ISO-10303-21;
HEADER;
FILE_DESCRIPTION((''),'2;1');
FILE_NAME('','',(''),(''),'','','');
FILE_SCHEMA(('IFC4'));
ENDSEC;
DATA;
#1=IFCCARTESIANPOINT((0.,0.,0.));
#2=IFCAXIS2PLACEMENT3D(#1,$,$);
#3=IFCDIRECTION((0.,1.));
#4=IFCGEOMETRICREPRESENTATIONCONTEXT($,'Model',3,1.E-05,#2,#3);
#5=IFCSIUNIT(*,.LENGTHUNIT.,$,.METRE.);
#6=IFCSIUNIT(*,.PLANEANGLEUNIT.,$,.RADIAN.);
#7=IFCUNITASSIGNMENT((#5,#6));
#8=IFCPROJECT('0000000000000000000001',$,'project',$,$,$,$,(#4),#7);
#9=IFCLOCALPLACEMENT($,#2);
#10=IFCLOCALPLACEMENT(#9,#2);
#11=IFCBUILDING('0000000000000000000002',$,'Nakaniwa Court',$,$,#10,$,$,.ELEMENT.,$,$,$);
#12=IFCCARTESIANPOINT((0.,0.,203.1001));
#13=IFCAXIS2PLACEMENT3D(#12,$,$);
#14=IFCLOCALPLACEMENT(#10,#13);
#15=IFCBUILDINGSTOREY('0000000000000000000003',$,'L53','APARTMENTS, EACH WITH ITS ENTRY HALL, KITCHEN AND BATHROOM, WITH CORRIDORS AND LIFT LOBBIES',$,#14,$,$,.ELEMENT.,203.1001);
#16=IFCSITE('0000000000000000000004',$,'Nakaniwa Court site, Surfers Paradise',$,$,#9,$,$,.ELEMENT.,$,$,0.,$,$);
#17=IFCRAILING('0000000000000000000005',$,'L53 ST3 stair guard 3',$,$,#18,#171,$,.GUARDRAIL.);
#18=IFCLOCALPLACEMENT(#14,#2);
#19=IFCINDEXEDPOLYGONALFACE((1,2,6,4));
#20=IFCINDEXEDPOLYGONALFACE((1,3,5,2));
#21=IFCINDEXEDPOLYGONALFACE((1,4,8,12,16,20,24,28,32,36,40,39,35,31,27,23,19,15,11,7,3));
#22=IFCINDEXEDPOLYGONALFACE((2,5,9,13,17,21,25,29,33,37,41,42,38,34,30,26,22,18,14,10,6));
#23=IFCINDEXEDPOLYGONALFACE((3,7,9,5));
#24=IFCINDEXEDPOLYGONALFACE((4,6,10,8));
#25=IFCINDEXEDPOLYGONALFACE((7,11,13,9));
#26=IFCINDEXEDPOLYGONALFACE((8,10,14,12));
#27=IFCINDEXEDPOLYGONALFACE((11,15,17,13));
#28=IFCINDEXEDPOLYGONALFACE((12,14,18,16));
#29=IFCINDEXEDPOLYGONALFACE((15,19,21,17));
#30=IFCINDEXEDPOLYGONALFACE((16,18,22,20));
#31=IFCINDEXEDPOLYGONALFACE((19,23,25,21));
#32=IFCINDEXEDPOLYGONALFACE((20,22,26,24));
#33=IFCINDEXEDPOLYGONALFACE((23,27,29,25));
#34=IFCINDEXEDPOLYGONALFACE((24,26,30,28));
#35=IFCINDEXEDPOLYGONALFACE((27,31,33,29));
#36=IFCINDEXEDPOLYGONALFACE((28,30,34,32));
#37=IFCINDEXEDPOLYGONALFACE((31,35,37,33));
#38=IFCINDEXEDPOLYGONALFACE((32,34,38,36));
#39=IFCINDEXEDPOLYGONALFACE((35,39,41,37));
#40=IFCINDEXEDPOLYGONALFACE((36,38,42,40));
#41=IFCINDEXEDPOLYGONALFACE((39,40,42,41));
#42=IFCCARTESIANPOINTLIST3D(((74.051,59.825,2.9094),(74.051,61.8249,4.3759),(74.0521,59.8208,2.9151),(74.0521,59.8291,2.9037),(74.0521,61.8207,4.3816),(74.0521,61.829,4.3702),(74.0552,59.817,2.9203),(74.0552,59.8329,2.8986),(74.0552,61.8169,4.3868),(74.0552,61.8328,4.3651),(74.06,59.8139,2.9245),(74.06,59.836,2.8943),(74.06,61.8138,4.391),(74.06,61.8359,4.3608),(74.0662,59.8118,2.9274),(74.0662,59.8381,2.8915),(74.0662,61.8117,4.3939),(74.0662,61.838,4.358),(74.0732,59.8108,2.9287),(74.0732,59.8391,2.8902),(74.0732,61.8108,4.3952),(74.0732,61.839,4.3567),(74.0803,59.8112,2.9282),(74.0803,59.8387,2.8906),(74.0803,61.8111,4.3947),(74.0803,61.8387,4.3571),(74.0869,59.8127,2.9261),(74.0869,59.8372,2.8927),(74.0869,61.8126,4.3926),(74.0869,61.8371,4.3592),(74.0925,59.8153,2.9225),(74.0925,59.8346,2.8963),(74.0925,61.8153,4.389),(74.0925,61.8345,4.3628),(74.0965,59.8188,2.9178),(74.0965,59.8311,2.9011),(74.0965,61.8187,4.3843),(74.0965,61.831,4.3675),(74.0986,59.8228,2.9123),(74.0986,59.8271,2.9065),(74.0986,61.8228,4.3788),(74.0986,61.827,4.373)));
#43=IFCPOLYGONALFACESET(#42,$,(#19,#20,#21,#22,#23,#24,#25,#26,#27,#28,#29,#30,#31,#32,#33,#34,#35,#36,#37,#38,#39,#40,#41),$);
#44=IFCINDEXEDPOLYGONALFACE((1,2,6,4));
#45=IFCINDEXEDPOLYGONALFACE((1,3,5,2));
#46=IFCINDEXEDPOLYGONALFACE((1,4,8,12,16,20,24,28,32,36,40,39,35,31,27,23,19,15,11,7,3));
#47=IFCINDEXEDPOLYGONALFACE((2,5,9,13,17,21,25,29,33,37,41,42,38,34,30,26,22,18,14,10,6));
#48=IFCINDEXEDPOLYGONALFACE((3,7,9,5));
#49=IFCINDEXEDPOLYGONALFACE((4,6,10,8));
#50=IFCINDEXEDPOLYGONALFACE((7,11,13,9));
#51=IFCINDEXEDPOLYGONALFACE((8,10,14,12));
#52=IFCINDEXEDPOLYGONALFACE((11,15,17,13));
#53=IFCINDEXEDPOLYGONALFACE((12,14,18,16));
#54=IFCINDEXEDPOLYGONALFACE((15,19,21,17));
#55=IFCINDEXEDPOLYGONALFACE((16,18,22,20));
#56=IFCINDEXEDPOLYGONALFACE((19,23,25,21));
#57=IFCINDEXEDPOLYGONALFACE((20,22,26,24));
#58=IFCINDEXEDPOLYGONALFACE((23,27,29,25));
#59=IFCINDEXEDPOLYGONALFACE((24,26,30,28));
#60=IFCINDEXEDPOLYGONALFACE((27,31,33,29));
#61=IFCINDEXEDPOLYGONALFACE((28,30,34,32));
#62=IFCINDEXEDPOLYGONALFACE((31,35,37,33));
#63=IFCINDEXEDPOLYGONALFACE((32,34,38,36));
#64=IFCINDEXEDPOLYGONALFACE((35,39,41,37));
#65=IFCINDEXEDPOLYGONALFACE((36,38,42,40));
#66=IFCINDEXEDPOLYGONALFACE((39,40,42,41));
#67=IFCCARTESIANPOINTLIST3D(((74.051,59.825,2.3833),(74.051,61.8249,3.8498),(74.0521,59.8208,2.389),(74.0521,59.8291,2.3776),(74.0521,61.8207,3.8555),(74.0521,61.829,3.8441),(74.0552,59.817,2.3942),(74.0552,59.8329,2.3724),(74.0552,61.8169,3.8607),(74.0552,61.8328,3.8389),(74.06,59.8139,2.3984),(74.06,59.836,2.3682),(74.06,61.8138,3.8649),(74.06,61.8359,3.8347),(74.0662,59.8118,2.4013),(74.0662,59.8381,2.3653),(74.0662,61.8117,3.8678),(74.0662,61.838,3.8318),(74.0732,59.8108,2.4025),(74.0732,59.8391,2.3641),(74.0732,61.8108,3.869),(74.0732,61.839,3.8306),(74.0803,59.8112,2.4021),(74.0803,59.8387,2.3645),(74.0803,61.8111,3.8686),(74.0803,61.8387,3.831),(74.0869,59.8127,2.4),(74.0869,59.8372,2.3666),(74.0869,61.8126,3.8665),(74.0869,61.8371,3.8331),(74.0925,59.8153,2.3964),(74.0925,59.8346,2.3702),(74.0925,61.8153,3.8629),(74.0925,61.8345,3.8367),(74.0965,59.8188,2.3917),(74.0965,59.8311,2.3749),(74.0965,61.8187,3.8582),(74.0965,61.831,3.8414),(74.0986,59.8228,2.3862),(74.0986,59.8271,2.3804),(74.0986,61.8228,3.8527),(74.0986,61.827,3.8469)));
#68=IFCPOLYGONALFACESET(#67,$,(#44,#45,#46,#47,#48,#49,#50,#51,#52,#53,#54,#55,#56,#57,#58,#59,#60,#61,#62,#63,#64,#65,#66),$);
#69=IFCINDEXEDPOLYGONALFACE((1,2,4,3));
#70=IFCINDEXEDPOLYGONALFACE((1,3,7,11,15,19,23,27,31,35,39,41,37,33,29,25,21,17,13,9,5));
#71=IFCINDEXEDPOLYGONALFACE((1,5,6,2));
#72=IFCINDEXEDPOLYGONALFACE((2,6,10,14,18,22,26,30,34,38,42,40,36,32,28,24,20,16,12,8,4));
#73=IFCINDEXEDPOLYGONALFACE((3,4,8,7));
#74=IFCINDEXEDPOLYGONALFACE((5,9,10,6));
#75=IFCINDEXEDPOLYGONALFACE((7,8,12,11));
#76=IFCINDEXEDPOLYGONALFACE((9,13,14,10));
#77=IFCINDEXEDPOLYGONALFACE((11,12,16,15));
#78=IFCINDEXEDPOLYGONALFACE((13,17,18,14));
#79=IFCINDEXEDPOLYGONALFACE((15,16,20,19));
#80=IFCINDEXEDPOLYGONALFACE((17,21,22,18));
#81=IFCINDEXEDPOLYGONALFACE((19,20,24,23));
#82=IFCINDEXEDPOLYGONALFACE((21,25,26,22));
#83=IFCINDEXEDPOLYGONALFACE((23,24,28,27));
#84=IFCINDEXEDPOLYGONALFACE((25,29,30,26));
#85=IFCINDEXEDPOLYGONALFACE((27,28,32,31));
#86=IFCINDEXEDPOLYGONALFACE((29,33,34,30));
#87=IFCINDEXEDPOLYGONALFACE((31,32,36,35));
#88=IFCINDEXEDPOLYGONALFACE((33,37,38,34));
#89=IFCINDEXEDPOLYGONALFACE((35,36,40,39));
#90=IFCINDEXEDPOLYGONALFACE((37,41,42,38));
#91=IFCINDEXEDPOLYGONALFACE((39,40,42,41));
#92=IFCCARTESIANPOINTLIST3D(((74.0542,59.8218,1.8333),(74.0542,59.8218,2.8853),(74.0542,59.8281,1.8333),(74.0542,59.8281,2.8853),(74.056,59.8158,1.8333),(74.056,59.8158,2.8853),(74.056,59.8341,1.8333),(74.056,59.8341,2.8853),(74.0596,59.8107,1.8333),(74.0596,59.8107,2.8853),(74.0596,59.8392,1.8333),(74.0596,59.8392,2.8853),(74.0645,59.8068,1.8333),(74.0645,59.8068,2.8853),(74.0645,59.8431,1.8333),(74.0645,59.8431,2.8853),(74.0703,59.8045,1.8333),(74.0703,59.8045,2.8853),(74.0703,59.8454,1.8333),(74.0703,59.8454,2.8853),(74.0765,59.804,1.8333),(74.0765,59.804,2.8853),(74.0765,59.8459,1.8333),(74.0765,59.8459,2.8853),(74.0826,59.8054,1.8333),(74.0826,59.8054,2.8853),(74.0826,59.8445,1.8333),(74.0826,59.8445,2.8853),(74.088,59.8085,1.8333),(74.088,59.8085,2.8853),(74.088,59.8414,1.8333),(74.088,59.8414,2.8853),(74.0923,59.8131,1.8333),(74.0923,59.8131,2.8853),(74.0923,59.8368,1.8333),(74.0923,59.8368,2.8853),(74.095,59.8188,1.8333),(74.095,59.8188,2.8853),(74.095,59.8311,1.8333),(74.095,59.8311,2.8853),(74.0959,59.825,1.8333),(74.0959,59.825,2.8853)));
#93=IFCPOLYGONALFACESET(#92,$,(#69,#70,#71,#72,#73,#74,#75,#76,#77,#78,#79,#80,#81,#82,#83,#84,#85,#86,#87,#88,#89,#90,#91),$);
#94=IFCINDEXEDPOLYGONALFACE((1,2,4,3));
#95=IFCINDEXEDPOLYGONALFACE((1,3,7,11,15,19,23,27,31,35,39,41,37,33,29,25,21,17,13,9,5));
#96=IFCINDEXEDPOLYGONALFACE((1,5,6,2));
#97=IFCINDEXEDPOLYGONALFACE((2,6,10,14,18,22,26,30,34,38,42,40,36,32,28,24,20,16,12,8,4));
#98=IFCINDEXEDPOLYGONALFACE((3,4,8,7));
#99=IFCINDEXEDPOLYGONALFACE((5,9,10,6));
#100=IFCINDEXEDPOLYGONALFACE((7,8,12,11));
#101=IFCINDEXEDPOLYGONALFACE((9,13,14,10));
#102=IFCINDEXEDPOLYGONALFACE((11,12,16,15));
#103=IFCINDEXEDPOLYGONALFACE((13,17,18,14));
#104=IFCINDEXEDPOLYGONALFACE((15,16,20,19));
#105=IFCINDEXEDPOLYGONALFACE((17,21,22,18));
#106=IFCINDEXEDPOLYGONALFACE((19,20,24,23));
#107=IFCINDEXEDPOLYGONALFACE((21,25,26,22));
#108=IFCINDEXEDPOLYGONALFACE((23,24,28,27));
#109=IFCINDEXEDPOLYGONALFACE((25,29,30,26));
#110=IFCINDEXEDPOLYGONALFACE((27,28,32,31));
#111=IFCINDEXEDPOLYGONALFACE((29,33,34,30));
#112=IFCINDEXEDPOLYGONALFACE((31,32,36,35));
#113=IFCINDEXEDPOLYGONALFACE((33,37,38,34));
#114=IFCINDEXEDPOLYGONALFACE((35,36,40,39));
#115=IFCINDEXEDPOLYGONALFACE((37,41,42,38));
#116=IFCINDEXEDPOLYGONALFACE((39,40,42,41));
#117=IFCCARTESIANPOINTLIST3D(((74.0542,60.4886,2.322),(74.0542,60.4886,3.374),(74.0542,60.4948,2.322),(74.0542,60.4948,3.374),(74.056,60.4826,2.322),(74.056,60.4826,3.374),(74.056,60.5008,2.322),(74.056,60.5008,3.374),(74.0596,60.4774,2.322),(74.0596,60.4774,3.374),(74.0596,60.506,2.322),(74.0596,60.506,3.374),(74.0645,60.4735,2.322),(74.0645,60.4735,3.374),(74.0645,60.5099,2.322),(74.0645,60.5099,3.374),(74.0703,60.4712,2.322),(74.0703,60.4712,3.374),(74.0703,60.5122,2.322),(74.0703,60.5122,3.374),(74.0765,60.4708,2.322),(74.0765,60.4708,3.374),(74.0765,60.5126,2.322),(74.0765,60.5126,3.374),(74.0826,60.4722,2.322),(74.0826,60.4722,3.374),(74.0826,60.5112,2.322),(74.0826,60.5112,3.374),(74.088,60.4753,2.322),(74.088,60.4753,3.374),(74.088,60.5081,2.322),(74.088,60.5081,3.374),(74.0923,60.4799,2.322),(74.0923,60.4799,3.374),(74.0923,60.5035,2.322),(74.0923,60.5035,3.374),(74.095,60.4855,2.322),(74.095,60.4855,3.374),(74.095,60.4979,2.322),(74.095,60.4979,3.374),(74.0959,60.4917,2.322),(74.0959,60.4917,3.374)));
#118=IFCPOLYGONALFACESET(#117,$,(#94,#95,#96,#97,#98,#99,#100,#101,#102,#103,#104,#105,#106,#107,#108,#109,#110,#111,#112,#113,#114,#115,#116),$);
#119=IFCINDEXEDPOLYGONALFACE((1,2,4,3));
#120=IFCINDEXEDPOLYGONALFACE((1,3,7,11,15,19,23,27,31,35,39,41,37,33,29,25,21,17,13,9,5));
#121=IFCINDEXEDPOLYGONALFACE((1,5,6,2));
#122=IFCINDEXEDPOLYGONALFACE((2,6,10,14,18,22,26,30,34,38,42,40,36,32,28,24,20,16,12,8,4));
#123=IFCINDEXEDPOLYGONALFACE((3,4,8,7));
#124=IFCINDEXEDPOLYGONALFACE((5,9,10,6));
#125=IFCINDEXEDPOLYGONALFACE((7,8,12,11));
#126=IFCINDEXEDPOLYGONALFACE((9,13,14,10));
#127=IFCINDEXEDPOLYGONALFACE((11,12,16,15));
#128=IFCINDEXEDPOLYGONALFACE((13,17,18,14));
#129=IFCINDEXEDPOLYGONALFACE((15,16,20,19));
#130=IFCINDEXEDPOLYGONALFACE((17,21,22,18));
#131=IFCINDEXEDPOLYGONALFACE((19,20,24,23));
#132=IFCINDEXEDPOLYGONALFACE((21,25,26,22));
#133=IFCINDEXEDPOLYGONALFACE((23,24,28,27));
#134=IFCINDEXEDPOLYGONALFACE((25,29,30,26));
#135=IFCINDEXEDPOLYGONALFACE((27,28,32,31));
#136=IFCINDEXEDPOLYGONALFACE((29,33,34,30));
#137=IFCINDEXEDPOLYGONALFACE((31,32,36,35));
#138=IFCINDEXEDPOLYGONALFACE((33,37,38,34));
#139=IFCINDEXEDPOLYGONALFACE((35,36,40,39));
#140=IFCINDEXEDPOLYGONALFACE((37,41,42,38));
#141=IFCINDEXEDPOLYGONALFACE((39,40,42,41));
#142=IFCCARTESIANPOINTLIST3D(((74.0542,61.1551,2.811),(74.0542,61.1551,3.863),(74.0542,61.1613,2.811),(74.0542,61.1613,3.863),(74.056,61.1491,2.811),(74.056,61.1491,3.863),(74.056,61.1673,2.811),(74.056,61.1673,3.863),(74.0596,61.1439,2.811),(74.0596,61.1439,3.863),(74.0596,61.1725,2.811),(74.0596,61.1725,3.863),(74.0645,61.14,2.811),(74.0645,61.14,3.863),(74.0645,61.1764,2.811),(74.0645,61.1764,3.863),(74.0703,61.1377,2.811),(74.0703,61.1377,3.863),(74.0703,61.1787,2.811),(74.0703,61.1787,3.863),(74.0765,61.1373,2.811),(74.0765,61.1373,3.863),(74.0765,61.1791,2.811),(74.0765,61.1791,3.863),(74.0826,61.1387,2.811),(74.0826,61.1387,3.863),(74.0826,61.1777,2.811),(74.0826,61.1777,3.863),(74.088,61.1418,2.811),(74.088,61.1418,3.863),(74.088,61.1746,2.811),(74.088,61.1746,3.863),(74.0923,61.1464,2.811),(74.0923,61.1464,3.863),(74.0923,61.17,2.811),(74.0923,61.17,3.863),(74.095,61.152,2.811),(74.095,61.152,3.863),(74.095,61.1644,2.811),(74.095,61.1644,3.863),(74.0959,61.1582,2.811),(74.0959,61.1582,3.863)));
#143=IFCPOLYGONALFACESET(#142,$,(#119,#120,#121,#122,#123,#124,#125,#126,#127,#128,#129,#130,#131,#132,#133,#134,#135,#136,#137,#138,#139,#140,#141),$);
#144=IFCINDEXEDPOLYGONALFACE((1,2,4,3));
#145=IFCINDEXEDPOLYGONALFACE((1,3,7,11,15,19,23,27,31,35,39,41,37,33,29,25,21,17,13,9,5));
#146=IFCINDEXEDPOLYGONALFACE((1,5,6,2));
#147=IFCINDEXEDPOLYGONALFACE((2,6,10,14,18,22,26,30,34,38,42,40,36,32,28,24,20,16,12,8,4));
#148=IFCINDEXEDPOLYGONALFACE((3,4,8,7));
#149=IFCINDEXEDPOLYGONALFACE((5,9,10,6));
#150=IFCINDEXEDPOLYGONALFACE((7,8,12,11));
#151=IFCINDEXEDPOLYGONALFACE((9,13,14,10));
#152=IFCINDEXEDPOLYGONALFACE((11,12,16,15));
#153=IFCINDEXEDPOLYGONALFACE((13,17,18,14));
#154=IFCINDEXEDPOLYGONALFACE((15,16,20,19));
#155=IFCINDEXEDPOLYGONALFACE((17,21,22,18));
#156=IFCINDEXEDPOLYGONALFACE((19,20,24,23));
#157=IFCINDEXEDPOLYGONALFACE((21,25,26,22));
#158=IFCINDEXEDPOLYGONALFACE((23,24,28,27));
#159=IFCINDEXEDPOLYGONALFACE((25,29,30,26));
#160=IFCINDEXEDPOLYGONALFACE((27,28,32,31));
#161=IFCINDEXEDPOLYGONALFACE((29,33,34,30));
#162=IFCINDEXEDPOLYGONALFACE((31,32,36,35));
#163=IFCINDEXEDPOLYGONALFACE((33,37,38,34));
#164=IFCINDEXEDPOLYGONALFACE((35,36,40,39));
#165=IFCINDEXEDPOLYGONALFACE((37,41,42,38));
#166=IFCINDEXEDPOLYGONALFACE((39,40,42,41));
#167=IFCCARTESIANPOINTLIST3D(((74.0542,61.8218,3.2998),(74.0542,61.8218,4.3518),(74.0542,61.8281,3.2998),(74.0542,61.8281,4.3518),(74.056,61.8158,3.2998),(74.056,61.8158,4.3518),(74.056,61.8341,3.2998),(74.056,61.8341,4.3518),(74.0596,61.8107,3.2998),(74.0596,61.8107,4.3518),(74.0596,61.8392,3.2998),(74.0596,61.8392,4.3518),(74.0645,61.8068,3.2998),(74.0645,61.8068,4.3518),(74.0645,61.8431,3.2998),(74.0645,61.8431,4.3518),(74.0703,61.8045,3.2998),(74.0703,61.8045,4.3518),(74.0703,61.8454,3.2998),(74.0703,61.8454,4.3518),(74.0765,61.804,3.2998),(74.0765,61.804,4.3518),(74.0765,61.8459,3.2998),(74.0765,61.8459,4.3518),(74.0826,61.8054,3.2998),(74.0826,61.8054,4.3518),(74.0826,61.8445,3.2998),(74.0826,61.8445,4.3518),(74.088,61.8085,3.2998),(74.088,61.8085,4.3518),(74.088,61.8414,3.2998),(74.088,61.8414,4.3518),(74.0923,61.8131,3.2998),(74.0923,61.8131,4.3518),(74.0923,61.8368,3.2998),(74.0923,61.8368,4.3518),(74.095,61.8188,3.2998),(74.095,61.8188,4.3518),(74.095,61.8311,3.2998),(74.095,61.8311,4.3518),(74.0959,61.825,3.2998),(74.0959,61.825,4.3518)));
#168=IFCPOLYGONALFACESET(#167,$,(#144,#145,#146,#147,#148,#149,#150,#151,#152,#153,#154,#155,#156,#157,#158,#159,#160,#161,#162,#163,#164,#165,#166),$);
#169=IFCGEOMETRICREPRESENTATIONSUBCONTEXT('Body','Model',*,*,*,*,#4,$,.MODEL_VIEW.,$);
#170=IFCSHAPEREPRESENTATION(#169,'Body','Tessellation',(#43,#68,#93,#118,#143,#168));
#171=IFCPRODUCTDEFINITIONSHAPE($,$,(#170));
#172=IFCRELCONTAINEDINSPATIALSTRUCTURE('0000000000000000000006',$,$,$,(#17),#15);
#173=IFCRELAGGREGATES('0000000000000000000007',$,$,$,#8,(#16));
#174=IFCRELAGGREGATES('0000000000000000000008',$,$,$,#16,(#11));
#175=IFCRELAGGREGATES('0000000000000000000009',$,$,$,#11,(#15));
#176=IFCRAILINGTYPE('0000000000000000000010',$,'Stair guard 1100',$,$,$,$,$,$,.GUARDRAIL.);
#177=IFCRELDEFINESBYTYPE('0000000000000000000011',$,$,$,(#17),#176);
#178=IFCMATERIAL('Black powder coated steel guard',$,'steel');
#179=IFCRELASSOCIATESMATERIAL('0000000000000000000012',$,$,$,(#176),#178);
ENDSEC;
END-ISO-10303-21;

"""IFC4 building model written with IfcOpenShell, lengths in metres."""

from ifc_helpers import new_model, si_unit, direction, frame, origin, origin_2d, place, context, subcontext, project, spatial, circle, extrude, material, type_object, element, save


model = new_model("IFC4")

# Units and contexts
model_context = context("Model", 3, precision=1e-05, world=origin(), true_north=direction((0.0, 1.0)))
body_context = subcontext(model_context, "Body", "Model", "MODEL_VIEW")
ifc_project = project(units=[si_unit("LENGTHUNIT", "METRE"), si_unit("PLANEANGLEUNIT", "RADIAN")], contexts=[model_context])

# Site, building, storey
site_placement = place(None, origin())
site = spatial("IfcSite", under=ifc_project, at=site_placement, Name="Nakaniwa Court site, Surfers Paradise", CompositionType="ELEMENT", RefElevation=0.0)
building_placement = place(site_placement, origin())
building = spatial("IfcBuilding", under=site, at=building_placement, Name="Nakaniwa Court", CompositionType="ELEMENT")
storey_placement = place(building_placement, frame((0.0, 0.0, 203.1001)))
storey = spatial("IfcBuildingStorey", under=building, at=storey_placement, Name="L53", Description="APARTMENTS, EACH WITH ITS ENTRY HALL, KITCHEN AND BATHROOM, WITH CORRIDORS AND LIFT LOBBIES", CompositionType="ELEMENT", Elevation=203.1001)

# Railing
ifc_material_1 = material(Name="Black powder coated steel guard", Category="steel")
railing_type_1 = type_object("IfcRailingType", Name="Stair guard 1100", PredefinedType="GUARDRAIL", material=ifc_material_1)
railing_1_placement = place(storey_placement, frame((74.075, 59.825, 1.8333)))
element("IfcRailing", 1, at=railing_1_placement, inside=storey, type_object=railing_type_1, Name="L53 ST3 stair guard 3", PredefinedType="GUARDRAIL", context=body_context, shape_type="SweptSolid", body=[
    extrude(circle(Radius=0.0239, at=origin_2d()), frame((0.0, 0.0, 1.0762), z_axis=(0.0, 0.806427, 0.591334), x_axis=(-1.0, 0.0, 0.0)), (0.0, 0.0, 1.0), 2.48),
    extrude(circle(Radius=0.0239, at=origin_2d()), frame((0.0, 0.0, 0.55), z_axis=(0.0, 0.806427, 0.591334), x_axis=(-1.0, 0.0, 0.0)), (0.0, 0.0, 1.0), 2.48),
    extrude(circle(Radius=0.021, at=origin_2d()), origin(), (0.0, 0.0, 1.0), 1.052),
    extrude(circle(Radius=0.021, at=origin_2d()), frame((0.0, 0.6667, 0.4888)), (0.0, 0.0, 1.0), 1.052),
    extrude(circle(Radius=0.021, at=origin_2d()), frame((0.0, 1.3333, 0.9778)), (0.0, 0.0, 1.0), 1.052),
    extrude(circle(Radius=0.021, at=origin_2d()), frame((0.0, 2.0, 1.4666)), (0.0, 0.0, 1.0), 1.052),
])

save(model, "model.ifc")
